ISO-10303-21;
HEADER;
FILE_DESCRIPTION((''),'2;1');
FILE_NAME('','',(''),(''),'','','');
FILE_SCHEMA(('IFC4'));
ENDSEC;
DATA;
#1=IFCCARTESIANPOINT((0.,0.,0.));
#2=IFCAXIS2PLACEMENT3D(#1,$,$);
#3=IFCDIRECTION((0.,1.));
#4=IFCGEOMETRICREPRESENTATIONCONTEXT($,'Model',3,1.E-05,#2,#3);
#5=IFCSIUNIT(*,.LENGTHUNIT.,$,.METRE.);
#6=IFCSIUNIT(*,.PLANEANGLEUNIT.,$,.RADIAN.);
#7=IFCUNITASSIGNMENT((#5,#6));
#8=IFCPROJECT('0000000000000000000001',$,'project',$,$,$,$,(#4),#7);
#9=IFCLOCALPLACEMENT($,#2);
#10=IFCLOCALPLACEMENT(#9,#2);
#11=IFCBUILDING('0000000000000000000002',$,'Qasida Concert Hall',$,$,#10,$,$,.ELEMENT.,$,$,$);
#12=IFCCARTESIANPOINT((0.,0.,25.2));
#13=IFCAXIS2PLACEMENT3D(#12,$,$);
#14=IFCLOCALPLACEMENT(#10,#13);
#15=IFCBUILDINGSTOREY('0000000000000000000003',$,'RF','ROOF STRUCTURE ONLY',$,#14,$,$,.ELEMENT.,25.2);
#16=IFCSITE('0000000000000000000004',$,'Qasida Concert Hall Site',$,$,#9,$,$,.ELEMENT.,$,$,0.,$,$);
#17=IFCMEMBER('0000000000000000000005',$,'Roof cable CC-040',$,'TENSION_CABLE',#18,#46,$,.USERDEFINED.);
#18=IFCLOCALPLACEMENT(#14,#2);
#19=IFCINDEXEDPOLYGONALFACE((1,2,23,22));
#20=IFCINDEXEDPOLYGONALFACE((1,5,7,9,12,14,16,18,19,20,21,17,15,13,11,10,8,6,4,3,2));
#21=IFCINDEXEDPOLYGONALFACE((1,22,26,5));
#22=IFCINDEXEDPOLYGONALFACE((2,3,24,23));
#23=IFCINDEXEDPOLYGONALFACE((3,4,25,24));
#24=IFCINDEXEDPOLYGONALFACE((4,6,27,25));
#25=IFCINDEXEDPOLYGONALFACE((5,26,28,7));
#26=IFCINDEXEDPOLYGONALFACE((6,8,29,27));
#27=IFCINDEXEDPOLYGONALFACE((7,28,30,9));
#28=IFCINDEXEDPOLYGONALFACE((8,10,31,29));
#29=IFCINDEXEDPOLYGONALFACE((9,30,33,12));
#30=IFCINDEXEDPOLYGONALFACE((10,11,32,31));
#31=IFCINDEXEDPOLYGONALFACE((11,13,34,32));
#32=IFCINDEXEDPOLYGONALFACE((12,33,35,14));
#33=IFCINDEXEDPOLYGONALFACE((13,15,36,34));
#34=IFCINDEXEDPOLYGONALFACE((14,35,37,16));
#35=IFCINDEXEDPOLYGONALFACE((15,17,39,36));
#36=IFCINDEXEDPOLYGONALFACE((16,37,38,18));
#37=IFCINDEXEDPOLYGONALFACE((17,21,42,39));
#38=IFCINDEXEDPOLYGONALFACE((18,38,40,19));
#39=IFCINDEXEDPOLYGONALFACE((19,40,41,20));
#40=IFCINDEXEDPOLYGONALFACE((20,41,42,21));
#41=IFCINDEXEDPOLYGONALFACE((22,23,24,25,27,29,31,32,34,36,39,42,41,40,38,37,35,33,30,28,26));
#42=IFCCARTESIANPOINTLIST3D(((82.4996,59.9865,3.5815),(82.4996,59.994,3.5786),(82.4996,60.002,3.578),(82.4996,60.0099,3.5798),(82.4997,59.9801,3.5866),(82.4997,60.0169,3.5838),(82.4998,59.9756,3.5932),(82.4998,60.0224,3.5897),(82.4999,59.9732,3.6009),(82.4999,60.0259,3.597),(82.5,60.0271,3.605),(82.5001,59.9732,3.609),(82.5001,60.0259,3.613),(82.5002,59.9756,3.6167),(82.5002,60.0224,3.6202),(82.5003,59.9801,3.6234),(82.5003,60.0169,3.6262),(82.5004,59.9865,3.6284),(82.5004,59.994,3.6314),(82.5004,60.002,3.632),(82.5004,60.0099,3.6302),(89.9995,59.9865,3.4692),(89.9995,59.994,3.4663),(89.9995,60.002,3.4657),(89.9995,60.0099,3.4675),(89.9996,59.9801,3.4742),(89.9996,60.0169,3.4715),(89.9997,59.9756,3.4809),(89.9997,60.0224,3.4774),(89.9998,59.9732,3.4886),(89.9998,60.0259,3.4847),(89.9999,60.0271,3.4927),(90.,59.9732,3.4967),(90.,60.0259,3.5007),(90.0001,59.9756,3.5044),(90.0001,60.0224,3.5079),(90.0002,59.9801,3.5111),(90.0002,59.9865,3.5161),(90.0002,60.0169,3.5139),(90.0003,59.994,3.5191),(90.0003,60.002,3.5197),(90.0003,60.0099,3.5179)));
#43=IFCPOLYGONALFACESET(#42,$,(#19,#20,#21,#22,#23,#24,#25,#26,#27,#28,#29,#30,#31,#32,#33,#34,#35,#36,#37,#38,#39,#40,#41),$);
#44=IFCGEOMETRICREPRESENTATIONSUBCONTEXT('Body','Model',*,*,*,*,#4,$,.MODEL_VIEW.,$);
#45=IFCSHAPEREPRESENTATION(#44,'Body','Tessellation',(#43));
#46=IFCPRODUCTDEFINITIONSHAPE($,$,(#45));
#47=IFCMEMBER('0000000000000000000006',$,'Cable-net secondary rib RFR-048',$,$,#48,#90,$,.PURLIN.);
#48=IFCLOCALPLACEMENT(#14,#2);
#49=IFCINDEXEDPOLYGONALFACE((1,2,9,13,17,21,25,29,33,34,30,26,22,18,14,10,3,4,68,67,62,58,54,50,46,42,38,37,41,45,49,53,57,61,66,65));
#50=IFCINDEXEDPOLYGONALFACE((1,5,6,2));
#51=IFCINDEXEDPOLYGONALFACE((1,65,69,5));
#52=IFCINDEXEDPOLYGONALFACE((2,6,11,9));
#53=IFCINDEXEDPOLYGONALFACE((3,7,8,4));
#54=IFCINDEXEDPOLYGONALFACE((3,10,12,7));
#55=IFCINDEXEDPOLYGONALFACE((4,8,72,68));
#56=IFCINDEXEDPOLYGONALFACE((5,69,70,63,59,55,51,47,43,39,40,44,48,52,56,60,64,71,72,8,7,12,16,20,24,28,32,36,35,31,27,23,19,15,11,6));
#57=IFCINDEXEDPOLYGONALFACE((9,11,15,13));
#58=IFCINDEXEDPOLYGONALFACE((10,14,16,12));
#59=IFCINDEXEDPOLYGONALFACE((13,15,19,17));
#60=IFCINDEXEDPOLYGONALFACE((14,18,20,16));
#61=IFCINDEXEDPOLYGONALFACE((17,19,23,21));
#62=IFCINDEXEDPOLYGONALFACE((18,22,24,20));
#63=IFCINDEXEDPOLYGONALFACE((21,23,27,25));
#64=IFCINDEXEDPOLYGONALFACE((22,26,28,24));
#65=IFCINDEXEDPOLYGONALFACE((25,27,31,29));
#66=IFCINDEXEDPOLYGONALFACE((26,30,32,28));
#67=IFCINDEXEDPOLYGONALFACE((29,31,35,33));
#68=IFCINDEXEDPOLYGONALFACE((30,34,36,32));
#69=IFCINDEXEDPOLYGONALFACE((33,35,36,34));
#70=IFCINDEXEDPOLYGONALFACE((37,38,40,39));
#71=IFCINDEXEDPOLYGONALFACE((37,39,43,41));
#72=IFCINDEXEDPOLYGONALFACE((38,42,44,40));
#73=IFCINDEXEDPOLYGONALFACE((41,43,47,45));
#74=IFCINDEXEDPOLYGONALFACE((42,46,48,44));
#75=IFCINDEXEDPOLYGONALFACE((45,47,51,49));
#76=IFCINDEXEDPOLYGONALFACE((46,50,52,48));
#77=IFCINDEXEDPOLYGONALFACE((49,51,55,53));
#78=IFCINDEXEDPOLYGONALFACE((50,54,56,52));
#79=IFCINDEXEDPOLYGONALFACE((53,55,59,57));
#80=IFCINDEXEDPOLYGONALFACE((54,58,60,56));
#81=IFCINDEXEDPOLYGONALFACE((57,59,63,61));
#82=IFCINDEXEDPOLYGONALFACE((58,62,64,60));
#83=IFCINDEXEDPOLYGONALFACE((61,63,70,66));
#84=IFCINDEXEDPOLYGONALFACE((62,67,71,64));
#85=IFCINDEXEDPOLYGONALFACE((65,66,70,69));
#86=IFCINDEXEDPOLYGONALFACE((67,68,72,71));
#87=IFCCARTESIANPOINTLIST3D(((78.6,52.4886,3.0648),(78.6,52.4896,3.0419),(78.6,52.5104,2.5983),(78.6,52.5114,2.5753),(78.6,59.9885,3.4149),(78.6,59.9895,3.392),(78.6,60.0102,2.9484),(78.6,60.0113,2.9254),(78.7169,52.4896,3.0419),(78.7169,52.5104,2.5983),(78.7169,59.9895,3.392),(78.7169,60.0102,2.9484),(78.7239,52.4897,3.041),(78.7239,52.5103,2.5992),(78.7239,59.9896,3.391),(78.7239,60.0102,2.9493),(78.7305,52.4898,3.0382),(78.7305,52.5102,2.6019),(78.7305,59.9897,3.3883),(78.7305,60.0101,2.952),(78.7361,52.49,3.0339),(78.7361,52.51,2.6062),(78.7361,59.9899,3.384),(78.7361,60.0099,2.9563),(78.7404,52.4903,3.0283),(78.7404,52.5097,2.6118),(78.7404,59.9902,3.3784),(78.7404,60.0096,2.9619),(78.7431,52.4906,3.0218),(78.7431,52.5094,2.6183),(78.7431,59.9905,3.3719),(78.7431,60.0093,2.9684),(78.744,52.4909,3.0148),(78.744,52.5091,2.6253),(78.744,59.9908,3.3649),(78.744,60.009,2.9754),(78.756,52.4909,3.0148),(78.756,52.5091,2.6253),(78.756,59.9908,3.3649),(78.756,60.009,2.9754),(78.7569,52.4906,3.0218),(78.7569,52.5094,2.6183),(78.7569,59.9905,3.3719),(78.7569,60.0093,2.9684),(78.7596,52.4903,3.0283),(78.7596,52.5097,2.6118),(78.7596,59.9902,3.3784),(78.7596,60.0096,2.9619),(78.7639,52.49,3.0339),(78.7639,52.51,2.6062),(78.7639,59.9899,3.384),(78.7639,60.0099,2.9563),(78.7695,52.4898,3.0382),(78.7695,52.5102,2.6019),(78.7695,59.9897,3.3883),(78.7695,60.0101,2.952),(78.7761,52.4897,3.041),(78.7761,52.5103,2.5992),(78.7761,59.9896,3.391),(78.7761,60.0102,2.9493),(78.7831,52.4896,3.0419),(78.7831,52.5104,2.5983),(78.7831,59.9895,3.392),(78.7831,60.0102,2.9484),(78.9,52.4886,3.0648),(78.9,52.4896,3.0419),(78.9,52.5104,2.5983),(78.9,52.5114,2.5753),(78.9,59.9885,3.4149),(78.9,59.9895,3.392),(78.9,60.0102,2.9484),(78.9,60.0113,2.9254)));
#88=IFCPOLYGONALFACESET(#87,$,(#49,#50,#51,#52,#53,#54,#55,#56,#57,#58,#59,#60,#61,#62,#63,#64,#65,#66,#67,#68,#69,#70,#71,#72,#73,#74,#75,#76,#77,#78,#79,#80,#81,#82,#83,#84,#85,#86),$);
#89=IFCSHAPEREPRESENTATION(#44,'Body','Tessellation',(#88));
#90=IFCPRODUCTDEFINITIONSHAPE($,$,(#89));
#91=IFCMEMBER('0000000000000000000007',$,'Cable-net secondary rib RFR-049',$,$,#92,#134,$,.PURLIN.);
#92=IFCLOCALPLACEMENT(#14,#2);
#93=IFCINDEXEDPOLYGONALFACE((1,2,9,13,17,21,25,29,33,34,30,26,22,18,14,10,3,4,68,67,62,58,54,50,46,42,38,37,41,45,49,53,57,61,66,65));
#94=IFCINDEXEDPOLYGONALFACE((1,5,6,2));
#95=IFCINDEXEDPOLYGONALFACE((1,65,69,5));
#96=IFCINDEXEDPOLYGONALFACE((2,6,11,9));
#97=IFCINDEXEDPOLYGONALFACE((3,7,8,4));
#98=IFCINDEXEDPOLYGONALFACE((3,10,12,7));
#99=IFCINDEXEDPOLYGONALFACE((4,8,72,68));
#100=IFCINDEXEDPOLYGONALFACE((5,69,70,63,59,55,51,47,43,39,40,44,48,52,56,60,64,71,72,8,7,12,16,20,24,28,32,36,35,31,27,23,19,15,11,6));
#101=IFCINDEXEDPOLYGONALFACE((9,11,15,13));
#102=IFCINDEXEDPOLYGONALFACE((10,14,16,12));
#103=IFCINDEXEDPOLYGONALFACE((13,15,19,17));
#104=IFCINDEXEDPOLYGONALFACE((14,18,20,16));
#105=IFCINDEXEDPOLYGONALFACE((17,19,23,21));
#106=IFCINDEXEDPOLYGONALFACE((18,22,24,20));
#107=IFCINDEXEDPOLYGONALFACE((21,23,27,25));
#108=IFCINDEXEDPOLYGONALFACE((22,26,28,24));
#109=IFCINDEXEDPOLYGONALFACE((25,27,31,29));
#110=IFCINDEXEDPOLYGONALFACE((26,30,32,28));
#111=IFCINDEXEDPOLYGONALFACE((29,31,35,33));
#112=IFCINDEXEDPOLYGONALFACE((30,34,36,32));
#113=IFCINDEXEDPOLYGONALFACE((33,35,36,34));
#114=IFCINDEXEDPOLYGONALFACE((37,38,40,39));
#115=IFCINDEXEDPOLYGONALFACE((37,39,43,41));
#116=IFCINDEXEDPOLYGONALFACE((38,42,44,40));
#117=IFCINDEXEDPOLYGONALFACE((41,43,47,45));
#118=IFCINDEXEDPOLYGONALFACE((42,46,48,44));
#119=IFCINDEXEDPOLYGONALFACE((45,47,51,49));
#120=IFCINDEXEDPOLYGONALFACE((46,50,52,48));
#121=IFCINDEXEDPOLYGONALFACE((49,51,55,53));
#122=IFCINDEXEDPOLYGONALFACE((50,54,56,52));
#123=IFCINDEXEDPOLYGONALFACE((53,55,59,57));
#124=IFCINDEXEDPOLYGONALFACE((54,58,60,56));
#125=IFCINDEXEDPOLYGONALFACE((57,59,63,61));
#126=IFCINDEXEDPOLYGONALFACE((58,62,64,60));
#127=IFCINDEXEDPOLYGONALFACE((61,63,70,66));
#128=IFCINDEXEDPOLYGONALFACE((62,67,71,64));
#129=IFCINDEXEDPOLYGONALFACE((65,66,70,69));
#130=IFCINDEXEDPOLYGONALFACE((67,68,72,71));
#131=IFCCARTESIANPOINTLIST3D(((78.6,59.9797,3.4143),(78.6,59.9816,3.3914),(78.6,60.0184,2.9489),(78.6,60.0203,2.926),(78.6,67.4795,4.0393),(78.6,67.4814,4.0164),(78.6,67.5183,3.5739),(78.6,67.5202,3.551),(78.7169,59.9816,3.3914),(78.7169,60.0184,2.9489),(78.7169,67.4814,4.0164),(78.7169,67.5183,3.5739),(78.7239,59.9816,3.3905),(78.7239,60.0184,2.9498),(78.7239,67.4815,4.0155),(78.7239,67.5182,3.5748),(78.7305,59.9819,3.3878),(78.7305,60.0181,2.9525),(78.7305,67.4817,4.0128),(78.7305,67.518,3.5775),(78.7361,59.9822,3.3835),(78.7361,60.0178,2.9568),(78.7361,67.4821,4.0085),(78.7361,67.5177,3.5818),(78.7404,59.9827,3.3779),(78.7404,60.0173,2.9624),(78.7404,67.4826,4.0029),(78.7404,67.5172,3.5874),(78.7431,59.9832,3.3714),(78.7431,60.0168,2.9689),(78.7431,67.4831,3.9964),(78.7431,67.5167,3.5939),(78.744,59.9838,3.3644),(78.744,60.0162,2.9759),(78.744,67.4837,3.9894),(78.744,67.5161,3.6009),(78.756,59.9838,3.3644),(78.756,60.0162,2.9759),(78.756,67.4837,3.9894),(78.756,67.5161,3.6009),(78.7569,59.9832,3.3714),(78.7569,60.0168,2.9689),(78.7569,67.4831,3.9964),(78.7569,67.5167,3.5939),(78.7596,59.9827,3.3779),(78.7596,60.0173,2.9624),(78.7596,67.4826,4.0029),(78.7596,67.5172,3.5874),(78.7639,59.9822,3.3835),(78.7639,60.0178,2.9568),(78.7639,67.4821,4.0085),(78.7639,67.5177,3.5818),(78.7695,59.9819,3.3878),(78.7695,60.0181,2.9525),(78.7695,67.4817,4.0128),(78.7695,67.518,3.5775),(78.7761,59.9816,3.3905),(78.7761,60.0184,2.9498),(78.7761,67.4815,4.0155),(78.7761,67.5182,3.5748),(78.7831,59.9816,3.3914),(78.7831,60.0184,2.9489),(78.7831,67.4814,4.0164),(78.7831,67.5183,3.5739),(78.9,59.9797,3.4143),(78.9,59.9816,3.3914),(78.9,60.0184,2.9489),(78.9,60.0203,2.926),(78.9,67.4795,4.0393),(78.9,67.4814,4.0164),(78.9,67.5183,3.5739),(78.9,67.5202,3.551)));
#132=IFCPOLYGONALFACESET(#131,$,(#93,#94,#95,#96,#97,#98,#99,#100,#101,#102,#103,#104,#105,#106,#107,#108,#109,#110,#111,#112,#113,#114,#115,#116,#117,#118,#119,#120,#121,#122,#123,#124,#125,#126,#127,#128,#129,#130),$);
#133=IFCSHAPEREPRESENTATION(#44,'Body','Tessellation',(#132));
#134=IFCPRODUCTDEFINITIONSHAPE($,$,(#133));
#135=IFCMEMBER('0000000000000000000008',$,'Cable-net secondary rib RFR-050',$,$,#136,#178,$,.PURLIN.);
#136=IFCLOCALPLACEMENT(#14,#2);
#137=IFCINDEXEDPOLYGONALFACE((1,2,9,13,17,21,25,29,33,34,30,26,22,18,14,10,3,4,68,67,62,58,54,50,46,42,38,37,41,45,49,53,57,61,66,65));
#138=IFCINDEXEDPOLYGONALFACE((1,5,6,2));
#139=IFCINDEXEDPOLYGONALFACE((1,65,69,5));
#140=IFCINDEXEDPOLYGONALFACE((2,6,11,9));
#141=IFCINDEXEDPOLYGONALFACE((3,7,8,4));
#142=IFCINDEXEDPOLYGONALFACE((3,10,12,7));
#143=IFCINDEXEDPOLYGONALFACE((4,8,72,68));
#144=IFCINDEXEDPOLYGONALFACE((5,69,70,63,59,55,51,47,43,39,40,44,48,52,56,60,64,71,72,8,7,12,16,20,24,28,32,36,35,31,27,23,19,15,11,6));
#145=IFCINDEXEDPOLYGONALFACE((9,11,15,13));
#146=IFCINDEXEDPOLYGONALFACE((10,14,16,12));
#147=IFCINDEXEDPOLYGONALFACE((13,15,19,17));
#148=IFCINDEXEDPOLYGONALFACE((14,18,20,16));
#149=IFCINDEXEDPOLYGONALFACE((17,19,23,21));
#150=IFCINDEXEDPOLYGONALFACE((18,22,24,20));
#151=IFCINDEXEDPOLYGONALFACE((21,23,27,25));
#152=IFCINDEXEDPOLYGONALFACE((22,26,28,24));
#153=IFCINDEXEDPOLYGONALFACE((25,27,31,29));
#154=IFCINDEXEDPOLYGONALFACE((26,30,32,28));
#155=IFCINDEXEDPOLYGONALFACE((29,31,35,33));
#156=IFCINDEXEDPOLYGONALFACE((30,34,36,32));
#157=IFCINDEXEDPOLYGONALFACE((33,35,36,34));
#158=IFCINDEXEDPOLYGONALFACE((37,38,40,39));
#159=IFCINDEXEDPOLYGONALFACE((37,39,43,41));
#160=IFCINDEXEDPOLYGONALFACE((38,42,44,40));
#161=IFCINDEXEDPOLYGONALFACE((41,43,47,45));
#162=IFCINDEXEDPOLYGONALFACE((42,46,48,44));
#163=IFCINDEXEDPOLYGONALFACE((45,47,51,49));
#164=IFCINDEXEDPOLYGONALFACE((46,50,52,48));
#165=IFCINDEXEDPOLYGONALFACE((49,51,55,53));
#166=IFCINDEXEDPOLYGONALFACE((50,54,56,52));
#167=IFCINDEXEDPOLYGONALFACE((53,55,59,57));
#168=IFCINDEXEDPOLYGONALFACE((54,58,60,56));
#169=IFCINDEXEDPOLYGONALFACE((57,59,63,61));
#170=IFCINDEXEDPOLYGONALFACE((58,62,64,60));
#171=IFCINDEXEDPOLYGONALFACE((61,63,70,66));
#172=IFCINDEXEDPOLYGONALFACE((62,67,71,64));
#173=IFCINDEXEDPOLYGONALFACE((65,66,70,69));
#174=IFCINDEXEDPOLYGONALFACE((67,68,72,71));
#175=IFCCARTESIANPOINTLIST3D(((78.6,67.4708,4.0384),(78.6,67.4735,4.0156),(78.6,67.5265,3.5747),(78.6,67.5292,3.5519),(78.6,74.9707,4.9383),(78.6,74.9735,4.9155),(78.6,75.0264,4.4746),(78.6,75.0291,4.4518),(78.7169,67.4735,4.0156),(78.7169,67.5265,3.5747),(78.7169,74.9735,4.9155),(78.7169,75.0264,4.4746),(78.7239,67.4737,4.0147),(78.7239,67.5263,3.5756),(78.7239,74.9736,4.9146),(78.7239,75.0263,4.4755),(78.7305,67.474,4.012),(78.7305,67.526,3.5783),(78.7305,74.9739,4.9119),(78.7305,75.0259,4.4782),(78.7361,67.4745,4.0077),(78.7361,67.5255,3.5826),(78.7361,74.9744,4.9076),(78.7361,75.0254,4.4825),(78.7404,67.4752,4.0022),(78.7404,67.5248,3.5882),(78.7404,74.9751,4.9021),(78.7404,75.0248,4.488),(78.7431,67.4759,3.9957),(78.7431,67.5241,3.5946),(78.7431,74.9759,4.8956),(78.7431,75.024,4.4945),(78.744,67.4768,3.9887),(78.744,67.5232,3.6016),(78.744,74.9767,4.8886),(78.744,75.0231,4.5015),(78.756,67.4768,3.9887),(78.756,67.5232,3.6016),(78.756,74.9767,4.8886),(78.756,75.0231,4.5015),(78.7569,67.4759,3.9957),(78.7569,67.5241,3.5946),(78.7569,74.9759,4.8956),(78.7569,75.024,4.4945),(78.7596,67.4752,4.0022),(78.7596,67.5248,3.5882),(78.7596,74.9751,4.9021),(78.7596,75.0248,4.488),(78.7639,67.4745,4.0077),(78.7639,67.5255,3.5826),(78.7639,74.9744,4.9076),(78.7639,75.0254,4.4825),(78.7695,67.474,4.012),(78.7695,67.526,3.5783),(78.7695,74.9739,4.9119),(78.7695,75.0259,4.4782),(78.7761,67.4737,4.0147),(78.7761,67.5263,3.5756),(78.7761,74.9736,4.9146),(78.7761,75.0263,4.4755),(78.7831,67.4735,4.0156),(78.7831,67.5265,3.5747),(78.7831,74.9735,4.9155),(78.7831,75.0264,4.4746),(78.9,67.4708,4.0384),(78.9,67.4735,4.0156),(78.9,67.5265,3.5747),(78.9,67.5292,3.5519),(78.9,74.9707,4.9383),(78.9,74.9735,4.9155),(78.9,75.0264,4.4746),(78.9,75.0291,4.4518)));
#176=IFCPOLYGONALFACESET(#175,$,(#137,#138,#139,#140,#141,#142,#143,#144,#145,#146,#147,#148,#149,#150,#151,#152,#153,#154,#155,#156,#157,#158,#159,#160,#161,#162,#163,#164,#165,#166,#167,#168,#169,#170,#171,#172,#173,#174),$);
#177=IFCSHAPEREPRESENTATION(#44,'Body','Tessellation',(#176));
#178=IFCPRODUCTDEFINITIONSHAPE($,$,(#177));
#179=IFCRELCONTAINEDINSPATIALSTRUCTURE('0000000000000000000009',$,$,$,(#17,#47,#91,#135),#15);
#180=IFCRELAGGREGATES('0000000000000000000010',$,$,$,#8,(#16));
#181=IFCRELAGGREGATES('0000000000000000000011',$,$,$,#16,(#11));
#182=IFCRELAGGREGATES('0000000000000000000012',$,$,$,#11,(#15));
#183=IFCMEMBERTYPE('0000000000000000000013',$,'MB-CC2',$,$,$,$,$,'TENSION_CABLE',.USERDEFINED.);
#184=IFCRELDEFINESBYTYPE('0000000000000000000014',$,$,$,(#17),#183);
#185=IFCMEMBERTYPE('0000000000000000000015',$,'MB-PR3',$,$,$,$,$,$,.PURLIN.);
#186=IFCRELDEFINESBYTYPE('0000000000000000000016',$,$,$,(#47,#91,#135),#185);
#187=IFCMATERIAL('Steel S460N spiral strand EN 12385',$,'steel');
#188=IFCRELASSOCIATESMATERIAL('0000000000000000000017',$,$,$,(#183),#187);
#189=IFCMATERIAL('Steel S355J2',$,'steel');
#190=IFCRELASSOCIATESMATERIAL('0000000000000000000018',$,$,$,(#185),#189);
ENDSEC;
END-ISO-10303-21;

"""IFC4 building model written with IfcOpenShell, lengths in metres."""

from ifc_helpers import new_model, si_unit, direction, frame, origin, origin_2d, place, context, subcontext, project, spatial, circle, i_section, extrude, material, material_profile, profile_set, type_object, element, save


model = new_model("IFC4")

# Units and contexts
model_context = context("Model", 3, precision=1e-05, world=origin(), true_north=direction((0.0, 1.0)))
body_context = subcontext(model_context, "Body", "Model", "MODEL_VIEW")
ifc_project = project(units=[si_unit("LENGTHUNIT", "METRE"), si_unit("PLANEANGLEUNIT", "RADIAN")], contexts=[model_context])

# Site, building, storey
site_placement = place(None, origin())
site = spatial("IfcSite", under=ifc_project, at=site_placement, Name="Qasida Concert Hall Site", CompositionType="ELEMENT", RefElevation=0.0)
building_placement = place(site_placement, origin())
building = spatial("IfcBuilding", under=site, at=building_placement, Name="Qasida Concert Hall", CompositionType="ELEMENT")
storey_placement = place(building_placement, frame((0.0, 0.0, 25.2)))
storey = spatial("IfcBuildingStorey", under=building, at=storey_placement, Name="RF", Description="ROOF STRUCTURE ONLY", CompositionType="ELEMENT", Elevation=25.2)

# Members
ifc_material_1 = material(Name="Steel S460N spiral strand EN 12385", Category="steel")
ifc_material_profile_1 = material_profile(ifc_material_1, circle(Radius=0.0271, at=origin_2d()), Name="STRAND D54")
ifc_profile_set_1 = profile_set([ifc_material_profile_1], Name="Steel S460N spiral strand EN 12385")
member_type_1 = type_object("IfcMemberType", Name="MB-CC2", ElementType="TENSION_CABLE", PredefinedType="USERDEFINED", material=ifc_profile_set_1)
member_1_placement = place(storey_placement, frame((82.5, 60.0, 3.605), z_axis=(0.999888, 0.0, -0.014972), x_axis=(0.0, 1.0, 0.0)))
element("IfcMember", 1, at=member_1_placement, inside=storey, type_object=member_type_1, Name="Roof cable CC-040", ObjectType="TENSION_CABLE", PredefinedType="USERDEFINED", context=body_context, shape_type="SweptSolid", body=[
    extrude(circle(Radius=0.0271, at=origin_2d()), origin(), (0.0, 0.0, 1.0), 7.5007),
])
ifc_material_2 = material(Name="Steel S355J2", Category="steel")
ifc_material_profile_2 = material_profile(ifc_material_2, i_section(OverallWidth=0.3, OverallDepth=0.49, WebThickness=0.012, FlangeThickness=0.0229, FilletRadius=0.0271, at=origin_2d()), Name="HEA 500")
ifc_profile_set_2 = profile_set([ifc_material_profile_2], Name="Steel S355J2")
member_type_2 = type_object("IfcMemberType", Name="MB-PR3", PredefinedType="PURLIN", material=ifc_profile_set_2)
member_2_placement = place(storey_placement, frame((78.75, 52.5, 2.8201), z_axis=(0.0, 0.998912, 0.046629), x_axis=(-1.0, 0.0, 0.0)))
element("IfcMember", 2, at=member_2_placement, inside=storey, type_object=member_type_2, Name="Cable-net secondary rib RFR-048", PredefinedType="PURLIN", context=body_context, shape_type="SweptSolid", body=[
    extrude(i_section(OverallWidth=0.3, OverallDepth=0.49, WebThickness=0.012, FlangeThickness=0.0229, FilletRadius=0.0271, at=origin_2d()), origin(), (0.0, 0.0, 1.0), 7.5081),
])
member_3_placement = place(storey_placement, frame((78.75, 60.0, 3.1702), z_axis=(0.0, 0.996546, 0.083045), x_axis=(-1.0, 0.0, 0.0)))
element("IfcMember", 3, at=member_3_placement, inside=storey, type_object=member_type_2, Name="Cable-net secondary rib RFR-049", PredefinedType="PURLIN", context=body_context, shape_type="SweptSolid", body=[
    extrude(i_section(OverallWidth=0.3, OverallDepth=0.49, WebThickness=0.012, FlangeThickness=0.0229, FilletRadius=0.0271, at=origin_2d()), origin(), (0.0, 0.0, 1.0), 7.5259),
])
member_4_placement = place(storey_placement, frame((78.75, 67.5, 3.7952), z_axis=(0.0, 0.992878, 0.119132), x_axis=(-1.0, 0.0, 0.0)))
element("IfcMember", 4, at=member_4_placement, inside=storey, type_object=member_type_2, Name="Cable-net secondary rib RFR-050", PredefinedType="PURLIN", context=body_context, shape_type="SweptSolid", body=[
    extrude(i_section(OverallWidth=0.3, OverallDepth=0.49, WebThickness=0.012, FlangeThickness=0.0229, FilletRadius=0.0271, at=origin_2d()), origin(), (0.0, 0.0, 1.0), 7.5537),
])

save(model, "model.ifc")
